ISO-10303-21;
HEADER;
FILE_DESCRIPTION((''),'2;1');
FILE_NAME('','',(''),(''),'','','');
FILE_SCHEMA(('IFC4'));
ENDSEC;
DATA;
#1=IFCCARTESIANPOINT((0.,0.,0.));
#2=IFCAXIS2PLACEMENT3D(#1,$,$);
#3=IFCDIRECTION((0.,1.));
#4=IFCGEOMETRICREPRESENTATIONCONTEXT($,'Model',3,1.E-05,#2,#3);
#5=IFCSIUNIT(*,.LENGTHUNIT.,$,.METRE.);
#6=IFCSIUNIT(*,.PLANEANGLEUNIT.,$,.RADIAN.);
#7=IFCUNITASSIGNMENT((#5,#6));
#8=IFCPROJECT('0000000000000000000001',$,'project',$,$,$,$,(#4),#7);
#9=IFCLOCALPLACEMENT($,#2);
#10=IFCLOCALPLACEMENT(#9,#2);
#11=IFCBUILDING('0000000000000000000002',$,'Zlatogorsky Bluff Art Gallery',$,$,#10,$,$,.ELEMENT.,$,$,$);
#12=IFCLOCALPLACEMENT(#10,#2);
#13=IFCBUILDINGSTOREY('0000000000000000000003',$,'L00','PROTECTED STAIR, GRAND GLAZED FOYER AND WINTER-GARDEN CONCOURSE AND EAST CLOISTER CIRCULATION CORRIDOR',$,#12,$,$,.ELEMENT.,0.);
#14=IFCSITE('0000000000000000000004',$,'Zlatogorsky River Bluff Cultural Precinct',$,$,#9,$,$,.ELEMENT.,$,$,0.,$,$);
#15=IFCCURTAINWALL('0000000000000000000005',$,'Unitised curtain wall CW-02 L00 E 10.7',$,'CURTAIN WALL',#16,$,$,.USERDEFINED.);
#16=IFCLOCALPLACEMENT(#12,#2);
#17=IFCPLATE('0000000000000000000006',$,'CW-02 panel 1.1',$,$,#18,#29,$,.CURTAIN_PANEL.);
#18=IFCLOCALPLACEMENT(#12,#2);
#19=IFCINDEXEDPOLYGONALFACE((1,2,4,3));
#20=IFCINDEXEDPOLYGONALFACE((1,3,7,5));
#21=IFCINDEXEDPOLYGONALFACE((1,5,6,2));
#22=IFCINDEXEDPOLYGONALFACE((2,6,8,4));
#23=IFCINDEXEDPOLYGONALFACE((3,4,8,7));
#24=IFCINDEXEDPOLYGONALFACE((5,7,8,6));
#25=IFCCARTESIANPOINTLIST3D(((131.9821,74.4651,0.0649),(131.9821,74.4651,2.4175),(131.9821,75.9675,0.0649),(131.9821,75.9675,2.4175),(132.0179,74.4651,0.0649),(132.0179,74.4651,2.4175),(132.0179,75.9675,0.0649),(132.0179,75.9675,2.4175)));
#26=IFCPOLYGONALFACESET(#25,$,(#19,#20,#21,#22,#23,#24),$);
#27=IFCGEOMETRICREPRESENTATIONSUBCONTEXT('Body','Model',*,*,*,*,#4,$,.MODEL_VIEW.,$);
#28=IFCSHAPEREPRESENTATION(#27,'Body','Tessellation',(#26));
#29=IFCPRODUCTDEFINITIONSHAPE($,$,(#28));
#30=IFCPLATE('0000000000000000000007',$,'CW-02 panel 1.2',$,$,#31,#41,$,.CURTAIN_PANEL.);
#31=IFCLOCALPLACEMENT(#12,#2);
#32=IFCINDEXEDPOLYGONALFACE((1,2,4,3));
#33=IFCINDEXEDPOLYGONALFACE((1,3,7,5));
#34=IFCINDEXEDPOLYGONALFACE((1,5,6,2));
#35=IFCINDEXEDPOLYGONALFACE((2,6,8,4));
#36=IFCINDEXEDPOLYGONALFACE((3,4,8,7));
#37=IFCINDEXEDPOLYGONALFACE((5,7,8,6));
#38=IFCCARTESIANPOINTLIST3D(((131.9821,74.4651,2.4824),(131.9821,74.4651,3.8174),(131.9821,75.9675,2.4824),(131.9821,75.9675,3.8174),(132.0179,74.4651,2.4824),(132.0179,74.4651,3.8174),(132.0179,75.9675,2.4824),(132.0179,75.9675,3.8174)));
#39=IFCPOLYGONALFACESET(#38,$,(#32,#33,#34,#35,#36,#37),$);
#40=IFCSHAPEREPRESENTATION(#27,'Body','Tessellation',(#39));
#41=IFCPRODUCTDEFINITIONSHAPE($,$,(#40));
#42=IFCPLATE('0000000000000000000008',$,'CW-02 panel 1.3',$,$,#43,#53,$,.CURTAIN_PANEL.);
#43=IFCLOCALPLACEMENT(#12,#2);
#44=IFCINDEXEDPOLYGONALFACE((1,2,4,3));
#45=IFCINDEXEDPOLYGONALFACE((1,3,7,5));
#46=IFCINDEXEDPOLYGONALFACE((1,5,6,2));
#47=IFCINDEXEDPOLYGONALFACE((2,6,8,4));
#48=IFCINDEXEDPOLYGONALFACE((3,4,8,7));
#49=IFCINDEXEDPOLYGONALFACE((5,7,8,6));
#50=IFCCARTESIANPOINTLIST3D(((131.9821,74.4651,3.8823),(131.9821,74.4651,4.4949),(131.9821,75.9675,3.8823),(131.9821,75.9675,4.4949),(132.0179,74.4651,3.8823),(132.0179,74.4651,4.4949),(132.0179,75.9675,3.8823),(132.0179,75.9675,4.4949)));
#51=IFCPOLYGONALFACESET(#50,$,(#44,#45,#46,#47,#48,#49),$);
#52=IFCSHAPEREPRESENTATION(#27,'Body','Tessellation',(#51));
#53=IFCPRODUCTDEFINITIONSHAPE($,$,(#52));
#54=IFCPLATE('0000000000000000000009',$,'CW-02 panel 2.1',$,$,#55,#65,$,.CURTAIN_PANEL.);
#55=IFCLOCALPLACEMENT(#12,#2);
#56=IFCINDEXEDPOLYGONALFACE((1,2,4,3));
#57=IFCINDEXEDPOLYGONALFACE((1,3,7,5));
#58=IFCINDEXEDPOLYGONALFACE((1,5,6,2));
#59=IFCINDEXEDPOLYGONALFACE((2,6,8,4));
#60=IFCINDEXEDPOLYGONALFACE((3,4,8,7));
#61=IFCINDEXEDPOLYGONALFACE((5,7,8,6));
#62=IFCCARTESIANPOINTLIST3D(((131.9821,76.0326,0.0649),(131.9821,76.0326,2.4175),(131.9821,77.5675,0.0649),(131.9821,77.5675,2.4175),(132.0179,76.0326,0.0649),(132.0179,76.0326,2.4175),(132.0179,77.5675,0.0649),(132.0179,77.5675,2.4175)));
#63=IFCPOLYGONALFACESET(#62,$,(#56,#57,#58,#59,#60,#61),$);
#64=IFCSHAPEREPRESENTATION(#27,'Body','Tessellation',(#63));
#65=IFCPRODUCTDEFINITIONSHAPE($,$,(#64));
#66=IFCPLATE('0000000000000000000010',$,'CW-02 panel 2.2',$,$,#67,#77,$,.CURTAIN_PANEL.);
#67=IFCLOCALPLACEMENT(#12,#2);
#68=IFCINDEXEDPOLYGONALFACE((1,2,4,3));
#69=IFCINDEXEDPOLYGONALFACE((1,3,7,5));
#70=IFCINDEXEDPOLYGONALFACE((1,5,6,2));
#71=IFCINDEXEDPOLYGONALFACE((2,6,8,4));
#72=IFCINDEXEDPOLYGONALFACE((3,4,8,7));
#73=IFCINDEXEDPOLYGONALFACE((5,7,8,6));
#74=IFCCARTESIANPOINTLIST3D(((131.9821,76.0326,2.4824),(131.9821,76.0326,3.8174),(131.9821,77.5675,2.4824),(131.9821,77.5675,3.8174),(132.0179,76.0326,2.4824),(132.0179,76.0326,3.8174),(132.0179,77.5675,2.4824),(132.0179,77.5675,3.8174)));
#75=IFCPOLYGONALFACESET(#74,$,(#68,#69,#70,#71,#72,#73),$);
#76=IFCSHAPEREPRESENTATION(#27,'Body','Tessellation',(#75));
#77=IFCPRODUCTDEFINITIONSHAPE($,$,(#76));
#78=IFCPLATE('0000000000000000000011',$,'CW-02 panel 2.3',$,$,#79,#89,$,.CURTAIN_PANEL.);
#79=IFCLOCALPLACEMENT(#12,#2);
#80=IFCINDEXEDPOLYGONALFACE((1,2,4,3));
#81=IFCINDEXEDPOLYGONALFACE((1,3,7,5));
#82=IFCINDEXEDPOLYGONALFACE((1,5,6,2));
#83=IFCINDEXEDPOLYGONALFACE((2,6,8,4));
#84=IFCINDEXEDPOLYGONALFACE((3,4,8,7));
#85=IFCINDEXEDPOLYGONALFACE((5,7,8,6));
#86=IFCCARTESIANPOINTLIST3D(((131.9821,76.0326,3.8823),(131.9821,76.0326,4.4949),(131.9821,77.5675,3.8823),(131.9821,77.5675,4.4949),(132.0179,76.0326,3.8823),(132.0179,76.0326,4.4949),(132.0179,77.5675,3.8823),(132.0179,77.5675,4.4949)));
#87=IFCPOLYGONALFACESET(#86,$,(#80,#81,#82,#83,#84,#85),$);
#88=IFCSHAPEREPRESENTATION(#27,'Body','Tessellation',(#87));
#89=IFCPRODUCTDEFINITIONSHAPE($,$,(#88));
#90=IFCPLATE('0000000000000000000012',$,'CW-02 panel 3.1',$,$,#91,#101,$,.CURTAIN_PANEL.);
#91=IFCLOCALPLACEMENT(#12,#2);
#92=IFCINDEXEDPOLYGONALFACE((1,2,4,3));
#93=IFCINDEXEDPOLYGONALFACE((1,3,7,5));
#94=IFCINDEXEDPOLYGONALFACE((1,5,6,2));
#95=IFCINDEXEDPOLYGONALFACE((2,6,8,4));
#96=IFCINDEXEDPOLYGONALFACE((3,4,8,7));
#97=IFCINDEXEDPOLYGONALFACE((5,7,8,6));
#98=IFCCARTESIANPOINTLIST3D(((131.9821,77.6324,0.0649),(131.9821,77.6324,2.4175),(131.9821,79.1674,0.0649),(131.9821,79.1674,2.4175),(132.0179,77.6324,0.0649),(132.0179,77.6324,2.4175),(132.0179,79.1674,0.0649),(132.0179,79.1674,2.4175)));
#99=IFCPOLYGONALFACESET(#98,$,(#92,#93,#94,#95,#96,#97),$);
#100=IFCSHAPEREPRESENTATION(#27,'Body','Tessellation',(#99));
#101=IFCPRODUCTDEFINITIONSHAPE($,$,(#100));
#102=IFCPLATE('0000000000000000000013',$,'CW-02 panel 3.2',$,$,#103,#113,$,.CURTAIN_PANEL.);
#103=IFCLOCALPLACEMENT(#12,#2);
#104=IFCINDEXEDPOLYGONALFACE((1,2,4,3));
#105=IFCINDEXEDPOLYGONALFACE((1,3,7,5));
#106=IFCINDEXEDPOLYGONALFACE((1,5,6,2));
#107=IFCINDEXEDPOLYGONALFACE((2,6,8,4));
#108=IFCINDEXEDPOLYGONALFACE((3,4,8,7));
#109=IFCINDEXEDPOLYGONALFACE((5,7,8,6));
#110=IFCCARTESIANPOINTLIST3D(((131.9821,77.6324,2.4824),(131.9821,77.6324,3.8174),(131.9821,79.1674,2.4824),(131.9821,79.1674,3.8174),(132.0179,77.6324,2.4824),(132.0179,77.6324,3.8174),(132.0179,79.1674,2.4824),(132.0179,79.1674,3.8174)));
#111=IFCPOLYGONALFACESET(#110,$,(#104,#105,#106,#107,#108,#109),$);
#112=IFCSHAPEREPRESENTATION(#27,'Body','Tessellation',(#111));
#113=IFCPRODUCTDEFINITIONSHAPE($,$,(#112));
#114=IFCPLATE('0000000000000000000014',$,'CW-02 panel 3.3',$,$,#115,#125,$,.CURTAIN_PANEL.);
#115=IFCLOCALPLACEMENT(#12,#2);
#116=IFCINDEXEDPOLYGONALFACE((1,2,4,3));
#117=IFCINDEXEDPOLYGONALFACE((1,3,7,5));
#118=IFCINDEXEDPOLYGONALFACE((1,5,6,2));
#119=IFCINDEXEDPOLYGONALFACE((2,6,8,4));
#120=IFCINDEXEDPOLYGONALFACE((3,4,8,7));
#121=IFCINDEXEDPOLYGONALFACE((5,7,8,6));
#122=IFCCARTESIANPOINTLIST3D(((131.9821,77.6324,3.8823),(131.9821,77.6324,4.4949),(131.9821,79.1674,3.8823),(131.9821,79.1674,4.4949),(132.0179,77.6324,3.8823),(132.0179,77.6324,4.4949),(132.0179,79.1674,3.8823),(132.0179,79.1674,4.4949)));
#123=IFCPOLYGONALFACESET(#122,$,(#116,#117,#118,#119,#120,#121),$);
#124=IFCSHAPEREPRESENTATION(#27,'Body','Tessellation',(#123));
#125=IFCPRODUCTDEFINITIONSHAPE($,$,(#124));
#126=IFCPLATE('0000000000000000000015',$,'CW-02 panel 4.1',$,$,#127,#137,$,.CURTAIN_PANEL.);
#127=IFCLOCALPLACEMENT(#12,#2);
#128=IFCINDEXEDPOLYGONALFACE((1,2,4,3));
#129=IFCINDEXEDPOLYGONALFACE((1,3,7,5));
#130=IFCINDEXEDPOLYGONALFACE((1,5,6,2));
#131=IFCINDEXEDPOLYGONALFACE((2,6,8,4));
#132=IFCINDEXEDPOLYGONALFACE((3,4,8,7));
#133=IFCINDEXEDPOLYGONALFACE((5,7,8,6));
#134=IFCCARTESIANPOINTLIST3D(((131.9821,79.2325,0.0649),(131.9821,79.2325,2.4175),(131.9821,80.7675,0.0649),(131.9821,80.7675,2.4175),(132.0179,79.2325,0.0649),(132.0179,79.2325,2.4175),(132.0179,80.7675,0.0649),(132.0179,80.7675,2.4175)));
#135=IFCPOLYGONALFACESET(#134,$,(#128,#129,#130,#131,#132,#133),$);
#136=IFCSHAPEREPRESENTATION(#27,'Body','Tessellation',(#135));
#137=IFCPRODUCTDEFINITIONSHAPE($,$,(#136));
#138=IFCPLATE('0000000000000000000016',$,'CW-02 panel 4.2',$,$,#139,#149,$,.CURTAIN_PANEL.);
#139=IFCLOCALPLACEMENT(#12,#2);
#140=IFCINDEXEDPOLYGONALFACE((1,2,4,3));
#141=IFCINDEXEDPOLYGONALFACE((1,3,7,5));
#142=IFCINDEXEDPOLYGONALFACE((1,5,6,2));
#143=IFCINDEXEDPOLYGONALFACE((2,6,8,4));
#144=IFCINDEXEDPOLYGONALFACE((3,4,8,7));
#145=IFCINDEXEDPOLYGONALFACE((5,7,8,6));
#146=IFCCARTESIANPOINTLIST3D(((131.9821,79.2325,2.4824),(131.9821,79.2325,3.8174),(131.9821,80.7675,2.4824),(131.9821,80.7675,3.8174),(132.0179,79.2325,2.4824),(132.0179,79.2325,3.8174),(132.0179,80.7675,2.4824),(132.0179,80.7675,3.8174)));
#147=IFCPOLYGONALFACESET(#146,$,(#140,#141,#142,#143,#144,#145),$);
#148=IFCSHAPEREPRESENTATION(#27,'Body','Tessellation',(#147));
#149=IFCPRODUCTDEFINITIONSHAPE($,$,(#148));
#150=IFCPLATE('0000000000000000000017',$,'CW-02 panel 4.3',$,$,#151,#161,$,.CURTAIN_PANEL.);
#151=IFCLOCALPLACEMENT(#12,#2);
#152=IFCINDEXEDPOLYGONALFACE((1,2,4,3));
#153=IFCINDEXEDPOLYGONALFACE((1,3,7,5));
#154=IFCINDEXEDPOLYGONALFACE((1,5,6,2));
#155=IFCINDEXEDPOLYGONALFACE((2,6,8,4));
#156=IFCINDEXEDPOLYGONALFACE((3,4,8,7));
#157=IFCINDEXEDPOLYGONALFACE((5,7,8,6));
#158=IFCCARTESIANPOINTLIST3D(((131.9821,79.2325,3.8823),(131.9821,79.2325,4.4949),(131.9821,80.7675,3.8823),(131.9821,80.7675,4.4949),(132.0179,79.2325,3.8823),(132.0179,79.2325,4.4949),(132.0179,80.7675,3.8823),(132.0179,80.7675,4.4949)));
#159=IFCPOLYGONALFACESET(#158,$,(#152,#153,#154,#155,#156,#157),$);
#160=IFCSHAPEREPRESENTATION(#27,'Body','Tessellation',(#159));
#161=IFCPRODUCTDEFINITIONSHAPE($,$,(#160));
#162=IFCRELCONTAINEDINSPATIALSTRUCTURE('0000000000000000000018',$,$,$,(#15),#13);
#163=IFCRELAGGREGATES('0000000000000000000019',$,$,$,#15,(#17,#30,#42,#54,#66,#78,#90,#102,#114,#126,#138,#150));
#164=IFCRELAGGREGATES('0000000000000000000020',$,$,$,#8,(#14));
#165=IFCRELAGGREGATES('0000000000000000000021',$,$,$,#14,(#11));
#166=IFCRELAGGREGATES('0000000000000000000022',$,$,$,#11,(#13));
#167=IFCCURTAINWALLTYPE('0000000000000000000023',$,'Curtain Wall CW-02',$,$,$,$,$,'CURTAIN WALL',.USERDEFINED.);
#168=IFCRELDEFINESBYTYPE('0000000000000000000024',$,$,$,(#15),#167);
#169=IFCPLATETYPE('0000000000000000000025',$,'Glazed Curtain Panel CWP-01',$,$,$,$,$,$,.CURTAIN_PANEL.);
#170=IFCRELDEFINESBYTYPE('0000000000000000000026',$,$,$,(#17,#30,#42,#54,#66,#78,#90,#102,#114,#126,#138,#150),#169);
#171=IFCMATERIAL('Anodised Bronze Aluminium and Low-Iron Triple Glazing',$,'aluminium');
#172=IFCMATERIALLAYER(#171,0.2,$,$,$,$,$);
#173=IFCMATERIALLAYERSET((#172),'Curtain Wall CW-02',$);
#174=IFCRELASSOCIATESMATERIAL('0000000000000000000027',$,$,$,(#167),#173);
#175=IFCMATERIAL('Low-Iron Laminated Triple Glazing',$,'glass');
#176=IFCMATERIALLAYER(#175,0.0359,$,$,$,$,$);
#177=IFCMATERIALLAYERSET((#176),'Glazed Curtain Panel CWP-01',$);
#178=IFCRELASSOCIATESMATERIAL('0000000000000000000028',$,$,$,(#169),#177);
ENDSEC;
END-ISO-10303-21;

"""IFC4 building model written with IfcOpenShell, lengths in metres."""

from ifc_helpers import new_model, si_unit, direction, frame, origin, origin_2d, place, context, subcontext, project, spatial, rectangle, extrude, material, layer, layer_set, type_object, element, aggregate, save


model = new_model("IFC4")

# Units and contexts
model_context = context("Model", 3, precision=1e-05, world=origin(), true_north=direction((0.0, 1.0)))
body_context = subcontext(model_context, "Body", "Model", "MODEL_VIEW")
ifc_project = project(units=[si_unit("LENGTHUNIT", "METRE"), si_unit("PLANEANGLEUNIT", "RADIAN")], contexts=[model_context])

# Site, building, storey
site_placement = place(None, origin())
site = spatial("IfcSite", under=ifc_project, at=site_placement, Name="Zlatogorsky River Bluff Cultural Precinct", CompositionType="ELEMENT", RefElevation=0.0)
building_placement = place(site_placement, origin())
building = spatial("IfcBuilding", under=site, at=building_placement, Name="Zlatogorsky Bluff Art Gallery", CompositionType="ELEMENT")
storey_placement = place(building_placement, origin())
storey = spatial("IfcBuildingStorey", under=building, at=storey_placement, Name="L00", Description="PROTECTED STAIR, GRAND GLAZED FOYER AND WINTER-GARDEN CONCOURSE AND EAST CLOISTER CIRCULATION CORRIDOR", CompositionType="ELEMENT", Elevation=0.0)

# Curtain wall, plates
ifc_material_1 = material(Name="Anodised Bronze Aluminium and Low-Iron Triple Glazing", Category="aluminium")
ifc_layer_1 = layer(ifc_material_1, 0.2)
ifc_layer_set_1 = layer_set([ifc_layer_1], Name="Curtain Wall CW-02")
curtain_wall_type = type_object("IfcCurtainWallType", Name="Curtain Wall CW-02", ElementType="CURTAIN WALL", PredefinedType="USERDEFINED", material=ifc_layer_set_1)
curtain_wall_placement = place(storey_placement, origin())
curtain_wall = element("IfcCurtainWall", 1, at=curtain_wall_placement, inside=storey, type_object=curtain_wall_type, Name="Unitised curtain wall CW-02 L00 E 10.7", ObjectType="CURTAIN WALL", PredefinedType="USERDEFINED")
ifc_material_2 = material(Name="Low-Iron Laminated Triple Glazing", Category="glass")
ifc_layer_2 = layer(ifc_material_2, 0.0359)
ifc_layer_set_2 = layer_set([ifc_layer_2], Name="Glazed Curtain Panel CWP-01")
plate_type = type_object("IfcPlateType", Name="Glazed Curtain Panel CWP-01", PredefinedType="CURTAIN_PANEL", material=ifc_layer_set_2)
plate_1_placement = place(storey_placement, frame((132.0, 75.2163, 0.0649), z_axis=(0.0, 0.0, 1.0), x_axis=(0.0, 1.0, 0.0)))
plate_1 = element("IfcPlate", 2, at=plate_1_placement, type_object=plate_type, Name="CW-02 panel 1.1", PredefinedType="CURTAIN_PANEL", context=body_context, shape_type="SweptSolid", body=[
    extrude(rectangle(XDim=1.5024, YDim=0.0359, at=origin_2d()), origin(), (0.0, 0.0, 1.0), 2.3525),
])
plate_2_placement = place(storey_placement, frame((132.0, 75.2163, 2.4824), z_axis=(0.0, 0.0, 1.0), x_axis=(0.0, 1.0, 0.0)))
plate_2 = element("IfcPlate", 3, at=plate_2_placement, type_object=plate_type, Name="CW-02 panel 1.2", PredefinedType="CURTAIN_PANEL", context=body_context, shape_type="SweptSolid", body=[
    extrude(rectangle(XDim=1.5024, YDim=0.0359, at=origin_2d()), origin(), (0.0, 0.0, 1.0), 1.335),
])
plate_3_placement = place(storey_placement, frame((132.0, 75.2163, 3.8823), z_axis=(0.0, 0.0, 1.0), x_axis=(0.0, 1.0, 0.0)))
plate_3 = element("IfcPlate", 4, at=plate_3_placement, type_object=plate_type, Name="CW-02 panel 1.3", PredefinedType="CURTAIN_PANEL", context=body_context, shape_type="SweptSolid", body=[
    extrude(rectangle(XDim=1.5024, YDim=0.0359, at=origin_2d()), origin(), (0.0, 0.0, 1.0), 0.6125),
])
plate_4_placement = place(storey_placement, frame((132.0, 76.8, 0.0649), z_axis=(0.0, 0.0, 1.0), x_axis=(0.0, 1.0, 0.0)))
plate_4 = element("IfcPlate", 5, at=plate_4_placement, type_object=plate_type, Name="CW-02 panel 2.1", PredefinedType="CURTAIN_PANEL", context=body_context, shape_type="SweptSolid", body=[
    extrude(rectangle(XDim=1.5349, YDim=0.0359, at=origin_2d()), origin(), (0.0, 0.0, 1.0), 2.3525),
])
plate_5_placement = place(storey_placement, frame((132.0, 76.8, 2.4824), z_axis=(0.0, 0.0, 1.0), x_axis=(0.0, 1.0, 0.0)))
plate_5 = element("IfcPlate", 6, at=plate_5_placement, type_object=plate_type, Name="CW-02 panel 2.2", PredefinedType="CURTAIN_PANEL", context=body_context, shape_type="SweptSolid", body=[
    extrude(rectangle(XDim=1.5349, YDim=0.0359, at=origin_2d()), origin(), (0.0, 0.0, 1.0), 1.335),
])
plate_6_placement = place(storey_placement, frame((132.0, 76.8, 3.8823), z_axis=(0.0, 0.0, 1.0), x_axis=(0.0, 1.0, 0.0)))
plate_6 = element("IfcPlate", 7, at=plate_6_placement, type_object=plate_type, Name="CW-02 panel 2.3", PredefinedType="CURTAIN_PANEL", context=body_context, shape_type="SweptSolid", body=[
    extrude(rectangle(XDim=1.5349, YDim=0.0359, at=origin_2d()), origin(), (0.0, 0.0, 1.0), 0.6125),
])
plate_7_placement = place(storey_placement, frame((132.0, 78.3999, 0.0649), z_axis=(0.0, 0.0, 1.0), x_axis=(0.0, 1.0, 0.0)))
plate_7 = element("IfcPlate", 8, at=plate_7_placement, type_object=plate_type, Name="CW-02 panel 3.1", PredefinedType="CURTAIN_PANEL", context=body_context, shape_type="SweptSolid", body=[
    extrude(rectangle(XDim=1.5349, YDim=0.0359, at=origin_2d()), origin(), (0.0, 0.0, 1.0), 2.3525),
])
plate_8_placement = place(storey_placement, frame((132.0, 78.3999, 2.4824), z_axis=(0.0, 0.0, 1.0), x_axis=(0.0, 1.0, 0.0)))
plate_8 = element("IfcPlate", 9, at=plate_8_placement, type_object=plate_type, Name="CW-02 panel 3.2", PredefinedType="CURTAIN_PANEL", context=body_context, shape_type="SweptSolid", body=[
    extrude(rectangle(XDim=1.5349, YDim=0.0359, at=origin_2d()), origin(), (0.0, 0.0, 1.0), 1.335),
])
plate_9_placement = place(storey_placement, frame((132.0, 78.3999, 3.8823), z_axis=(0.0, 0.0, 1.0), x_axis=(0.0, 1.0, 0.0)))
plate_9 = element("IfcPlate", 10, at=plate_9_placement, type_object=plate_type, Name="CW-02 panel 3.3", PredefinedType="CURTAIN_PANEL", context=body_context, shape_type="SweptSolid", body=[
    extrude(rectangle(XDim=1.5349, YDim=0.0359, at=origin_2d()), origin(), (0.0, 0.0, 1.0), 0.6125),
])
plate_10_placement = place(storey_placement, frame((132.0, 80.0, 0.0649), z_axis=(0.0, 0.0, 1.0), x_axis=(0.0, 1.0, 0.0)))
plate_10 = element("IfcPlate", 11, at=plate_10_placement, type_object=plate_type, Name="CW-02 panel 4.1", PredefinedType="CURTAIN_PANEL", context=body_context, shape_type="SweptSolid", body=[
    extrude(rectangle(XDim=1.5349, YDim=0.0359, at=origin_2d()), origin(), (0.0, 0.0, 1.0), 2.3525),
])
plate_11_placement = place(storey_placement, frame((132.0, 80.0, 2.4824), z_axis=(0.0, 0.0, 1.0), x_axis=(0.0, 1.0, 0.0)))
plate_11 = element("IfcPlate", 12, at=plate_11_placement, type_object=plate_type, Name="CW-02 panel 4.2", PredefinedType="CURTAIN_PANEL", context=body_context, shape_type="SweptSolid", body=[
    extrude(rectangle(XDim=1.5349, YDim=0.0359, at=origin_2d()), origin(), (0.0, 0.0, 1.0), 1.335),
])
plate_12_placement = place(storey_placement, frame((132.0, 80.0, 3.8823), z_axis=(0.0, 0.0, 1.0), x_axis=(0.0, 1.0, 0.0)))
plate_12 = element("IfcPlate", 13, at=plate_12_placement, type_object=plate_type, Name="CW-02 panel 4.3", PredefinedType="CURTAIN_PANEL", context=body_context, shape_type="SweptSolid", body=[
    extrude(rectangle(XDim=1.5349, YDim=0.0359, at=origin_2d()), origin(), (0.0, 0.0, 1.0), 0.6125),
])
aggregate(curtain_wall, [plate_1, plate_2, plate_3, plate_4, plate_5, plate_6, plate_7, plate_8, plate_9, plate_10, plate_11, plate_12])

save(model, "model.ifc")
